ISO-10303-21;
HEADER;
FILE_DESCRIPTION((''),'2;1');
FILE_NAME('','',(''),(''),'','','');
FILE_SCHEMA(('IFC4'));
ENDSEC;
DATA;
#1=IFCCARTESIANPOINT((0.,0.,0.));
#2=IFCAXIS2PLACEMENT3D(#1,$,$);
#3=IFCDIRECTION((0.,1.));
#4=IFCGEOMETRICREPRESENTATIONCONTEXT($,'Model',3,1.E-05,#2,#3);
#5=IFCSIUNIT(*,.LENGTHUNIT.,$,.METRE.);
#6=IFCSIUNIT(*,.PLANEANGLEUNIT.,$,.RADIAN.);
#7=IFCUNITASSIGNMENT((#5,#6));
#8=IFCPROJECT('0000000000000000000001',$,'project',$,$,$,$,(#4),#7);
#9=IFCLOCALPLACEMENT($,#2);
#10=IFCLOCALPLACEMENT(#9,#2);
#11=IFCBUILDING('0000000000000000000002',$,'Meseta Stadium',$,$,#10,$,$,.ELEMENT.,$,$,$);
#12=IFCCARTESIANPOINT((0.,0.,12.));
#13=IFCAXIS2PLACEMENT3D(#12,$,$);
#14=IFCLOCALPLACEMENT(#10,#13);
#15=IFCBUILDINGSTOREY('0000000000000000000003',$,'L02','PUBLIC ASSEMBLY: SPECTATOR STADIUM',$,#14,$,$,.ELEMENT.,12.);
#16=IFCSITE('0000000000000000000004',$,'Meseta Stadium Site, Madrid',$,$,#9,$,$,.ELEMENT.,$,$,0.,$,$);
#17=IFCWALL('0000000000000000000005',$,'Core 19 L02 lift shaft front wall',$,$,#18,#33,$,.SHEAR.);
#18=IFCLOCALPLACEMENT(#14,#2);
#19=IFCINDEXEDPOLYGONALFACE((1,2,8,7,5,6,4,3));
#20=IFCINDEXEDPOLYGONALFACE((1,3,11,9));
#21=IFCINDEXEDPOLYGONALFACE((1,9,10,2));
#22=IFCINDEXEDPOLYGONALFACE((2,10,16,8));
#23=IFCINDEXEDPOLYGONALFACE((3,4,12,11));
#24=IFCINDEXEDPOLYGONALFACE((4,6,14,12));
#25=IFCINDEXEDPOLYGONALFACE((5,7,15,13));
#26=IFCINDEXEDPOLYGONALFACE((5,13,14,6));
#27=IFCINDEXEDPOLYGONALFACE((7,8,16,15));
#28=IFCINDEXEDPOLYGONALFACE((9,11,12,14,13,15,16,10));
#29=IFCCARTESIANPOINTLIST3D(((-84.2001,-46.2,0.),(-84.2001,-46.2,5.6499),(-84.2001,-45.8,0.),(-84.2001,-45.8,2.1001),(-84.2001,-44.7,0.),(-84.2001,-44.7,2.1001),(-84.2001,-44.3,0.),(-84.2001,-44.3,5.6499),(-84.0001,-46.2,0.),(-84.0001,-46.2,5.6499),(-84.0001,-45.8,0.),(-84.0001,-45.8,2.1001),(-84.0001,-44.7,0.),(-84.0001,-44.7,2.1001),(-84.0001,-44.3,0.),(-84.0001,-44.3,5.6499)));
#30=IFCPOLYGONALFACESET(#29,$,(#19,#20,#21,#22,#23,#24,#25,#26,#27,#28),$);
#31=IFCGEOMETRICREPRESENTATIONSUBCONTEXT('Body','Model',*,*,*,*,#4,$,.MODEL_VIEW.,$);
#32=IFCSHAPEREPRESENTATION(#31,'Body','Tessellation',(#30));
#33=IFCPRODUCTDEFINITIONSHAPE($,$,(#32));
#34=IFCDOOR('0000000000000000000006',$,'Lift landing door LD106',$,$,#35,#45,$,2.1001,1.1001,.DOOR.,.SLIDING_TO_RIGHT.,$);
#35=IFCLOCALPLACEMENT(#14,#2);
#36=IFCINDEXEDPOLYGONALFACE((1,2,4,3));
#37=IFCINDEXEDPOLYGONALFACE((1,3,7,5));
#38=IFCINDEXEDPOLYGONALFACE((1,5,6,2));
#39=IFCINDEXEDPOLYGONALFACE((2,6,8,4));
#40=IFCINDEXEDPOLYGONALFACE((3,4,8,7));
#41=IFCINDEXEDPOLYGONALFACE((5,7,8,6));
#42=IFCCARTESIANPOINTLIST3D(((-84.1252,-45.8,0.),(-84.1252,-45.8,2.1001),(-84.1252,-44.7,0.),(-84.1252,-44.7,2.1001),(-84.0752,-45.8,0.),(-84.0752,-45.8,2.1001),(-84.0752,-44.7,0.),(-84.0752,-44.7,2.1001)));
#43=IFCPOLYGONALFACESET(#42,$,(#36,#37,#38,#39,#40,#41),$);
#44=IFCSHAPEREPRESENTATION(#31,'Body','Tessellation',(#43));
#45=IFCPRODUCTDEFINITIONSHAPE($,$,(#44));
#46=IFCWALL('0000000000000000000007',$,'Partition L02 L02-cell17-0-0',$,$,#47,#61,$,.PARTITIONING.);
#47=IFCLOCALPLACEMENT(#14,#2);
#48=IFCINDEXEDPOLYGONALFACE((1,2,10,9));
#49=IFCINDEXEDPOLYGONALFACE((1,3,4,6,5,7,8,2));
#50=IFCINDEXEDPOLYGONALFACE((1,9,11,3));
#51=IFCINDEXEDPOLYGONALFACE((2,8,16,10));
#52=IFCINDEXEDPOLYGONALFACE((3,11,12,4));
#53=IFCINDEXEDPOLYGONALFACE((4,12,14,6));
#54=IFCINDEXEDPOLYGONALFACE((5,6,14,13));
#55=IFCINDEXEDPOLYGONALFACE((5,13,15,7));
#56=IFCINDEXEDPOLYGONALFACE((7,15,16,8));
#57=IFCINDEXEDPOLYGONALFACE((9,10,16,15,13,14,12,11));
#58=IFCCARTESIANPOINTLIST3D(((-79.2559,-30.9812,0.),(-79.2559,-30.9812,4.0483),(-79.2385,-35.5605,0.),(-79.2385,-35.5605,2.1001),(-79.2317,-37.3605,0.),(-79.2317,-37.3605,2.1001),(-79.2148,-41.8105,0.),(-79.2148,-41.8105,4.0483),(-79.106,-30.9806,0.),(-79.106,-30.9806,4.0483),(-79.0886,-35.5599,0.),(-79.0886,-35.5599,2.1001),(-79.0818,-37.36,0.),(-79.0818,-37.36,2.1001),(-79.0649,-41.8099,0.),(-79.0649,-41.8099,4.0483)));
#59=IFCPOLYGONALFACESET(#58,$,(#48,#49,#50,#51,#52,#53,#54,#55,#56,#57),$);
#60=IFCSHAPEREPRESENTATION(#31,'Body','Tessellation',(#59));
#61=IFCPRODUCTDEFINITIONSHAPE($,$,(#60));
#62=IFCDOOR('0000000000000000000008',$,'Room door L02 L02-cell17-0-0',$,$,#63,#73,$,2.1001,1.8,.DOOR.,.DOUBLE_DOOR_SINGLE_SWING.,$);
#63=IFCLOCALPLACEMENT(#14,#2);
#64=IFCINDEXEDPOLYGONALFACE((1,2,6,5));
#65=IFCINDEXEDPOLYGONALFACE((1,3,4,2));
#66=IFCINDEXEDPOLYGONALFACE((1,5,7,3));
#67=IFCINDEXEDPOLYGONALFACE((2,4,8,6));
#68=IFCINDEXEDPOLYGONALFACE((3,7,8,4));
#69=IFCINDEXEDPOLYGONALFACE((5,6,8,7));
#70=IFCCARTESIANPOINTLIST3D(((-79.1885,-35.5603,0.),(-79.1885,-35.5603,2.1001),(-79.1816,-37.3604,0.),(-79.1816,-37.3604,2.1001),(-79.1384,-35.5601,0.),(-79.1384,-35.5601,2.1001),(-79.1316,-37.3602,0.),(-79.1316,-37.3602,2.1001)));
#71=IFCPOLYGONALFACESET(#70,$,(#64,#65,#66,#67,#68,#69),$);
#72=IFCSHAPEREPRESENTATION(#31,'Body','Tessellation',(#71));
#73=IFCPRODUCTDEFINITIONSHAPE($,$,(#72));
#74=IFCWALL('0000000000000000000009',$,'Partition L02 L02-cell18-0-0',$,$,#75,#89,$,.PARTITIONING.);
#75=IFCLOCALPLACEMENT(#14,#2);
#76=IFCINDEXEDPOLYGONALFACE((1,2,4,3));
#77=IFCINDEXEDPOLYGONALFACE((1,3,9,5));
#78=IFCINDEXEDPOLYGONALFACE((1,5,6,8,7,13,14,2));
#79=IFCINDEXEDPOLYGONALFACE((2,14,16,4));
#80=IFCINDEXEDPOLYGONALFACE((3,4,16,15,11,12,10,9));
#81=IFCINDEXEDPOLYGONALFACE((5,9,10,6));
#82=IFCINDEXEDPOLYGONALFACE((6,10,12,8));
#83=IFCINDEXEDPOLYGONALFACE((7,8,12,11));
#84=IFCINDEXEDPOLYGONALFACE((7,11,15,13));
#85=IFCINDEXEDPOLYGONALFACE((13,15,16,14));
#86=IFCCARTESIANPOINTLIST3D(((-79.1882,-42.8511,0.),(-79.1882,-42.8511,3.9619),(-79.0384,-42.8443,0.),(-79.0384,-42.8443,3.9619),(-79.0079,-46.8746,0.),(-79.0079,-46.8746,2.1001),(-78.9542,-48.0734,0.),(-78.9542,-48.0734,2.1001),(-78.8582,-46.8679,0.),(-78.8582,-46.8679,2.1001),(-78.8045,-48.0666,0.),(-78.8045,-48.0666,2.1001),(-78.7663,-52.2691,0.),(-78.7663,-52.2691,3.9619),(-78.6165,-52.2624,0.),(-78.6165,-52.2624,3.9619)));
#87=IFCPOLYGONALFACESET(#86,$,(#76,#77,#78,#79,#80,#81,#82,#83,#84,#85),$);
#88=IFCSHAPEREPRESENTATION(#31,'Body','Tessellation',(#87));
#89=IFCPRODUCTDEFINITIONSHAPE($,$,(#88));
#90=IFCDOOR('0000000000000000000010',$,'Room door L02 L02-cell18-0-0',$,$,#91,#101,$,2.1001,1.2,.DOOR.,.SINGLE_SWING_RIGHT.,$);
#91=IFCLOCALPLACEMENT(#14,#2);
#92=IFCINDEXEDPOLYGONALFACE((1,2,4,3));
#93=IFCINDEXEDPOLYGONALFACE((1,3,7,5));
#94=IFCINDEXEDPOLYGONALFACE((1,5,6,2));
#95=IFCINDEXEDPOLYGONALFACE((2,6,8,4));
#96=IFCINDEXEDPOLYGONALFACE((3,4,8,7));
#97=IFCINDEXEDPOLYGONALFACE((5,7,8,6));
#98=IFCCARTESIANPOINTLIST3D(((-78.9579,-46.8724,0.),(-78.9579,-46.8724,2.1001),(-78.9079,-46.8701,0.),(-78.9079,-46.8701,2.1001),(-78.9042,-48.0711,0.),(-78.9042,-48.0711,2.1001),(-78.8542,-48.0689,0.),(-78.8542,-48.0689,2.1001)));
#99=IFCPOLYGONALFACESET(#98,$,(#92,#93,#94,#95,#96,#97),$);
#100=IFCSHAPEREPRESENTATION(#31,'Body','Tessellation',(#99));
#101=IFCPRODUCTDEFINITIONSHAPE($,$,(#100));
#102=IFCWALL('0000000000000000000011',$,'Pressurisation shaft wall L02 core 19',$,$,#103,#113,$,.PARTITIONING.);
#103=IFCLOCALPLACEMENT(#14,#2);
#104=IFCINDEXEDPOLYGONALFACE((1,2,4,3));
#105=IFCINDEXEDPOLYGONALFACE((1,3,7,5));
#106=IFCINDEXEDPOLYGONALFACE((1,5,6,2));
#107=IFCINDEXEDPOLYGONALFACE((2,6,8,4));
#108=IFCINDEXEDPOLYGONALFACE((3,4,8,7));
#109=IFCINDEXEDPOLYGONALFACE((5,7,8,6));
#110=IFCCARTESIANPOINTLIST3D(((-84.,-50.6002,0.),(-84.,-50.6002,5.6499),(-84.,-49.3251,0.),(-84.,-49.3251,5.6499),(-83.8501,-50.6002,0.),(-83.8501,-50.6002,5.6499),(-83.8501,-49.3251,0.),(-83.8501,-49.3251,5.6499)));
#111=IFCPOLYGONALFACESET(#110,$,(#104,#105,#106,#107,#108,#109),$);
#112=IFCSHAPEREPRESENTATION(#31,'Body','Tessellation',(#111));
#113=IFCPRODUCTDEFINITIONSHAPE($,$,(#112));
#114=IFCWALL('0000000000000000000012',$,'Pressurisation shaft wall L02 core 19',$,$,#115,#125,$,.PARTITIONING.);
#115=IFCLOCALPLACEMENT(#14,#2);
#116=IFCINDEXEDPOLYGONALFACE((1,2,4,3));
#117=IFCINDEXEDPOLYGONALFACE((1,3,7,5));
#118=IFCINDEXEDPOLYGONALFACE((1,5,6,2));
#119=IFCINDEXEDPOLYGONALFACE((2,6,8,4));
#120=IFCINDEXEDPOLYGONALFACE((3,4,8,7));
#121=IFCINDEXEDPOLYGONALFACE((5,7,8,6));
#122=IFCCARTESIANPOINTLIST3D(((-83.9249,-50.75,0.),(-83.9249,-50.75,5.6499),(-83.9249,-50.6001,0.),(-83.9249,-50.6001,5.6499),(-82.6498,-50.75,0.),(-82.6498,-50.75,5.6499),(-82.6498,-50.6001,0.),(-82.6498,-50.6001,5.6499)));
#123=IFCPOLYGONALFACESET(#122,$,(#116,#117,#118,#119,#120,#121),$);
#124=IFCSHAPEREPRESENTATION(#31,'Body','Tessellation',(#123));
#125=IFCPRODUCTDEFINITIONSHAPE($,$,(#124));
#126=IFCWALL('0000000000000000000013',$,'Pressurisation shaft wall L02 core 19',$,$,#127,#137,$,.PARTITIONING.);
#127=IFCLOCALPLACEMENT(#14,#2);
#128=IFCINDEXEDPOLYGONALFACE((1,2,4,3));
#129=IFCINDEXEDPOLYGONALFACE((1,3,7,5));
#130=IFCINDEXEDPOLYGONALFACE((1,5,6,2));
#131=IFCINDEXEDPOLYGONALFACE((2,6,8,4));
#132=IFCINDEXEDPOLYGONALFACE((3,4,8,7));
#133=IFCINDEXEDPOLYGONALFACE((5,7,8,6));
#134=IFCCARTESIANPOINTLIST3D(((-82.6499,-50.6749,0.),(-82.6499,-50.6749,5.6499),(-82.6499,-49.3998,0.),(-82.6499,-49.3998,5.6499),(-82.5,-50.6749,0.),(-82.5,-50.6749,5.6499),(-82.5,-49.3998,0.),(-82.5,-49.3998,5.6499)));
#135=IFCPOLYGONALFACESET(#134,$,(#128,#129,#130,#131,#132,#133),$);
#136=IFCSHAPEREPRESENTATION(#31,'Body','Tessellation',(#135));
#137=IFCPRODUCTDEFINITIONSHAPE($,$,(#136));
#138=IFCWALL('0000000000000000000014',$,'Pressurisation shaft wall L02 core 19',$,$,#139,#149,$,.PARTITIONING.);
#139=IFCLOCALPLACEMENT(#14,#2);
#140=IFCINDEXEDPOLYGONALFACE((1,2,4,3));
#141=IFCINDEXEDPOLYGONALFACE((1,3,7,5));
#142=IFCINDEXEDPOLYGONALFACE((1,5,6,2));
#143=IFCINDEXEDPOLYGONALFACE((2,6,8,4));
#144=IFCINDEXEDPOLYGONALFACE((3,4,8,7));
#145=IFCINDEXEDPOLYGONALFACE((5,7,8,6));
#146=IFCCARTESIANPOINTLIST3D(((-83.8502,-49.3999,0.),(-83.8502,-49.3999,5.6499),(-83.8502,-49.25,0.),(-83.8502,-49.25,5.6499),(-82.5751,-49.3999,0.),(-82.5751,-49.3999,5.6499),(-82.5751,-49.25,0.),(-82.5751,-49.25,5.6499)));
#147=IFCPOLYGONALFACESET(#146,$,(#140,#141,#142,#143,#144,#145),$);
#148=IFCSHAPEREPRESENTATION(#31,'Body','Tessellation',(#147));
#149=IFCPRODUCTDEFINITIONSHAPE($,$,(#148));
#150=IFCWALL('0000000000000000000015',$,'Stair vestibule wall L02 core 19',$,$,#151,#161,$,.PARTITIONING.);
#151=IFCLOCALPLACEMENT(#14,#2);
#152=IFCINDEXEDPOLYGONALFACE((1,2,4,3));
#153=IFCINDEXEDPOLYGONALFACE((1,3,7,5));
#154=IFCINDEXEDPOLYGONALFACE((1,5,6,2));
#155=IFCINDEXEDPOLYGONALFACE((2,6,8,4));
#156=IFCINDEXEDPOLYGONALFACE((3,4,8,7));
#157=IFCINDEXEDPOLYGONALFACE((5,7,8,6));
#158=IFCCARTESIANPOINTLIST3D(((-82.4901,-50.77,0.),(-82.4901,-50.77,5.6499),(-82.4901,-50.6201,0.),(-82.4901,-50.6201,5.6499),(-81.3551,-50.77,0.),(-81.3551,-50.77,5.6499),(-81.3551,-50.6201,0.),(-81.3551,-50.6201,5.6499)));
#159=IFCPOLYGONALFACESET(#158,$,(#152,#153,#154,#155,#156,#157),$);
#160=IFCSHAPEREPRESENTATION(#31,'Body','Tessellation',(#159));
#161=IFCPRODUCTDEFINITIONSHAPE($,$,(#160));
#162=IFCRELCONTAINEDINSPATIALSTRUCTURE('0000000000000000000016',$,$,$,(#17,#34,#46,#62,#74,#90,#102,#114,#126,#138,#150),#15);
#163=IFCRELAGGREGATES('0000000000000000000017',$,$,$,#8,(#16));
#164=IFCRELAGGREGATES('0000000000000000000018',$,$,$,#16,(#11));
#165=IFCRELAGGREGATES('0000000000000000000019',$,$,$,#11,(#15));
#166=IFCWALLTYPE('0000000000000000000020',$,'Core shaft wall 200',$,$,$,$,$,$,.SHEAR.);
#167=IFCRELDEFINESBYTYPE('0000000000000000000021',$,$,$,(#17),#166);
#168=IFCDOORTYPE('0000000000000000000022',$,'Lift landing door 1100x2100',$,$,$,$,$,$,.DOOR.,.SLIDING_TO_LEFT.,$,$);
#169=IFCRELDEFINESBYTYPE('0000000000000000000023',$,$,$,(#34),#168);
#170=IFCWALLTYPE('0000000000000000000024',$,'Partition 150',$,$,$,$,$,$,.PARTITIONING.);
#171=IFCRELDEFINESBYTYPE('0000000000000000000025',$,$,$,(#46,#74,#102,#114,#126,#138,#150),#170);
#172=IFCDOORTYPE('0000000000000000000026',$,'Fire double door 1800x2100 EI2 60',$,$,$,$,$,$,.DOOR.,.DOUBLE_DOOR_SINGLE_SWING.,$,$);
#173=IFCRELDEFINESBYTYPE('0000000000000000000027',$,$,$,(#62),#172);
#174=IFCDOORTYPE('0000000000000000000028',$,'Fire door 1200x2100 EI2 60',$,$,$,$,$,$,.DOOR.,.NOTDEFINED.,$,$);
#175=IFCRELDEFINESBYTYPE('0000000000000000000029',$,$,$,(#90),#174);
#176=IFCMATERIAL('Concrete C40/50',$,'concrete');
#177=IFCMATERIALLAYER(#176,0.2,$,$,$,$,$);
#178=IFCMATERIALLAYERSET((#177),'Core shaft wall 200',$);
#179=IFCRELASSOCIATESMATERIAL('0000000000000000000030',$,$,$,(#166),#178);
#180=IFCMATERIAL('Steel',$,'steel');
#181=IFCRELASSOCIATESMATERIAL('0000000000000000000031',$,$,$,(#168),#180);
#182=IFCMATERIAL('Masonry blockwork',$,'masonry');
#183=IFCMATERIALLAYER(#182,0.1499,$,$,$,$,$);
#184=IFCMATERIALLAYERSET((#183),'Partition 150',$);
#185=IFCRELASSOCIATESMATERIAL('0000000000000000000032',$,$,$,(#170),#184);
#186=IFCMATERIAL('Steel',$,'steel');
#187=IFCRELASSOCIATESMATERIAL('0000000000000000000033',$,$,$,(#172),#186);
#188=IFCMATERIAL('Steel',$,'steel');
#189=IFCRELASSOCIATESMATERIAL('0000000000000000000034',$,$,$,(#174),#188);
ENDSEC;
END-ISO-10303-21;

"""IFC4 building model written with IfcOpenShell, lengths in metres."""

from ifc_helpers import new_model, si_unit, direction, frame, frame_2d, origin, place, context, subcontext, project, spatial, rectangle, extrude, material, layer, layer_set, type_object, element, fill, save


model = new_model("IFC4")

# Units and contexts
model_context = context("Model", 3, precision=1e-05, world=origin(), true_north=direction((0.0, 1.0)))
body_context = subcontext(model_context, "Body", "Model", "MODEL_VIEW")
ifc_project = project(units=[si_unit("LENGTHUNIT", "METRE"), si_unit("PLANEANGLEUNIT", "RADIAN")], contexts=[model_context])

# Site, building, storey
site_placement = place(None, origin())
site = spatial("IfcSite", under=ifc_project, at=site_placement, Name="Meseta Stadium Site, Madrid", CompositionType="ELEMENT", RefElevation=0.0)
building_placement = place(site_placement, origin())
building = spatial("IfcBuilding", under=site, at=building_placement, Name="Meseta Stadium", CompositionType="ELEMENT")
storey_placement = place(building_placement, frame((0.0, 0.0, 12.0)))
storey = spatial("IfcBuildingStorey", under=building, at=storey_placement, Name="L02", Description="PUBLIC ASSEMBLY: SPECTATOR STADIUM", CompositionType="ELEMENT", Elevation=12.0)

# Walls, openings, doors
ifc_material_1 = material(Name="Concrete C40/50", Category="concrete")
ifc_layer_1 = layer(ifc_material_1, 0.2)
ifc_layer_set_1 = layer_set([ifc_layer_1], Name="Core shaft wall 200")
wall_type_1 = type_object("IfcWallType", Name="Core shaft wall 200", PredefinedType="SHEAR", material=ifc_layer_set_1)
wall_1_placement = place(storey_placement, frame((-84.1001, -44.3, 0.0), z_axis=(0.0, 0.0, 1.0), x_axis=(0.0, -1.0, 0.0)))
wall_1 = element("IfcWall", 1, at=wall_1_placement, inside=storey, type_object=wall_type_1, Name="Core 19 L02 lift shaft front wall", PredefinedType="SHEAR", context=body_context, shape_type="SweptSolid", body=[
    extrude(rectangle(XDim=1.8999, YDim=0.2, at=frame_2d((0.95, 0.0))), origin(), (0.0, 0.0, 1.0), 5.6499),
])
opening_1_placement = place(wall_1_placement, frame((0.3999, 0.0, 0.0)))
opening_1 = element("IfcOpeningElement", 2, at=opening_1_placement, cuts=wall_1, PredefinedType="OPENING", context=body_context, shape_type="SweptSolid", body=[
    extrude(rectangle(XDim=1.1001, YDim=2.1001, at=frame_2d((0.55, 1.05))), frame((0.0, 0.1099, 0.0), z_axis=(0.0, -1.0, 0.0), x_axis=(1.0, 0.0, 0.0)), (0.0, 0.0, 1.0), 0.22),
])
ifc_material_2 = material(Name="Steel", Category="steel")
door_type_1 = type_object("IfcDoorType", Name="Lift landing door 1100x2100", OperationType="SLIDING_TO_LEFT", PredefinedType="DOOR", material=ifc_material_2)
door_1_placement = place(opening_1_placement, origin())
door_1 = element("IfcDoor", 3, at=door_1_placement, inside=storey, type_object=door_type_1, Name="Lift landing door LD106", OperationType="SLIDING_TO_RIGHT", OverallHeight=2.1001, OverallWidth=1.1001, PredefinedType="DOOR", context=body_context, shape_type="SweptSolid", body=[
    extrude(rectangle(XDim=1.1001, YDim=2.1001, at=frame_2d((0.55, 1.05))), frame((0.0, 0.0249, 0.0), z_axis=(0.0, -1.0, 0.0), x_axis=(1.0, 0.0, 0.0)), (0.0, 0.0, 1.0), 0.05),
])
fill(opening_1, door_1)
ifc_material_3 = material(Name="Masonry blockwork", Category="masonry")
ifc_layer_2 = layer(ifc_material_3, 0.1499)
ifc_layer_set_2 = layer_set([ifc_layer_2], Name="Partition 150")
wall_type_2 = type_object("IfcWallType", Name="Partition 150", PredefinedType="PARTITIONING", material=ifc_layer_set_2)
wall_2_placement = place(storey_placement, frame((-79.1399, -41.8101, 0.0), z_axis=(0.0, 0.0, 1.0), x_axis=(-0.003787, 0.999993, 0.0)))
wall_2 = element("IfcWall", 4, at=wall_2_placement, inside=storey, type_object=wall_type_2, Name="Partition L02 L02-cell17-0-0", PredefinedType="PARTITIONING", context=body_context, shape_type="SweptSolid", body=[
    extrude(rectangle(XDim=10.8293, YDim=0.1499, at=frame_2d((5.4146, 0.0))), origin(), (0.0, 0.0, 1.0), 4.0483),
])
opening_2_placement = place(wall_2_placement, frame((4.45, 0.0, 0.0)))
opening_2 = element("IfcOpeningElement", 5, at=opening_2_placement, cuts=wall_2, PredefinedType="OPENING", context=body_context, shape_type="SweptSolid", body=[
    extrude(rectangle(XDim=1.8, YDim=2.1001, at=frame_2d((0.8999, 1.05))), frame((0.0, 0.085, 0.0), z_axis=(0.0, -1.0, 0.0), x_axis=(1.0, 0.0, 0.0)), (0.0, 0.0, 1.0), 0.1699),
])
ifc_material_4 = material(Name="Steel", Category="steel")
door_type_2 = type_object("IfcDoorType", Name="Fire double door 1800x2100 EI2 60", OperationType="DOUBLE_DOOR_SINGLE_SWING", PredefinedType="DOOR", material=ifc_material_4)
door_2_placement = place(opening_2_placement, origin())
door_2 = element("IfcDoor", 6, at=door_2_placement, inside=storey, type_object=door_type_2, Name="Room door L02 L02-cell17-0-0", OperationType="DOUBLE_DOOR_SINGLE_SWING", OverallHeight=2.1001, OverallWidth=1.8, PredefinedType="DOOR", context=body_context, shape_type="SweptSolid", body=[
    extrude(rectangle(XDim=1.8, YDim=2.1001, at=frame_2d((0.8999, 1.05))), frame((0.0, 0.0249, 0.0), z_axis=(0.0, -1.0, 0.0), x_axis=(1.0, 0.0, 0.0)), (0.0, 0.0, 1.0), 0.05),
])
fill(opening_2, door_2)
wall_3_placement = place(storey_placement, frame((-78.6914, -52.2659, 0.0), z_axis=(0.0, 0.0, 1.0), x_axis=(-0.04475, 0.998998, 0.0)))
wall_3 = element("IfcWall", 7, at=wall_3_placement, inside=storey, type_object=wall_type_2, Name="Partition L02 L02-cell18-0-0", PredefinedType="PARTITIONING", context=body_context, shape_type="SweptSolid", body=[
    extrude(rectangle(XDim=9.4275, YDim=0.1499, at=frame_2d((4.7139, 0.0))), origin(), (0.0, 0.0, 1.0), 3.9619),
])
opening_3_placement = place(wall_3_placement, frame((4.2, 0.0, 0.0)))
opening_3 = element("IfcOpeningElement", 8, at=opening_3_placement, cuts=wall_3, PredefinedType="OPENING", context=body_context, shape_type="SweptSolid", body=[
    extrude(rectangle(XDim=1.2, YDim=2.1001, at=frame_2d((0.6001, 1.05))), frame((0.0, 0.085, 0.0), z_axis=(0.0, -1.0, 0.0), x_axis=(1.0, 0.0, 0.0)), (0.0, 0.0, 1.0), 0.1699),
])
ifc_material_5 = material(Name="Steel", Category="steel")
door_type_3 = type_object("IfcDoorType", Name="Fire door 1200x2100 EI2 60", OperationType="NOTDEFINED", PredefinedType="DOOR", material=ifc_material_5)
door_3_placement = place(opening_3_placement, origin())
door_3 = element("IfcDoor", 9, at=door_3_placement, inside=storey, type_object=door_type_3, Name="Room door L02 L02-cell18-0-0", OperationType="SINGLE_SWING_RIGHT", OverallHeight=2.1001, OverallWidth=1.2, PredefinedType="DOOR", context=body_context, shape_type="SweptSolid", body=[
    extrude(rectangle(XDim=1.2, YDim=2.1001, at=frame_2d((0.6001, 1.05))), frame((0.0, 0.0249, 0.0), z_axis=(0.0, -1.0, 0.0), x_axis=(1.0, 0.0, 0.0)), (0.0, 0.0, 1.0), 0.05),
])
fill(opening_3, door_3)

# Walls
for number, where, z_axis, x_axis, name in (
    (10, (-83.925, -49.325, 0.0), (0.0, 0.0, 1.0), (0.0, -1.0, 0.0), "Pressurisation shaft wall L02 core 19"),
    (11, (-83.925, -50.675, 0.0), (0.0, 0.0, 1.0), (1.0, 0.0, 0.0), "Pressurisation shaft wall L02 core 19"),
    (12, (-82.575, -50.675, 0.0), (0.0, 0.0, 1.0), (0.0, 1.0, 0.0), "Pressurisation shaft wall L02 core 19"),
    (13, (-82.575, -49.325, 0.0), (0.0, 0.0, 1.0), (-1.0, 0.0, 0.0), "Pressurisation shaft wall L02 core 19"),
):
    element("IfcWall", number, at=place(storey_placement, frame(where, z_axis=z_axis, x_axis=x_axis)), inside=storey, type_object=wall_type_2, Name=name, PredefinedType="PARTITIONING", context=body_context, shape_type="SweptSolid", body=[
        extrude(rectangle(XDim=1.2751, YDim=0.1499, at=frame_2d((0.6377, 0.0))), origin(), (0.0, 0.0, 1.0), 5.6499),
    ])
wall_4_placement = place(storey_placement, frame((-82.49, -50.6951, 0.0), z_axis=(0.0, 0.0, 1.0), x_axis=(1.0, 0.0, 0.0)))
element("IfcWall", 14, at=wall_4_placement, inside=storey, type_object=wall_type_2, Name="Stair vestibule wall L02 core 19", PredefinedType="PARTITIONING", context=body_context, shape_type="SweptSolid", body=[
    extrude(rectangle(XDim=1.135, YDim=0.1499, at=frame_2d((0.5674, 0.0))), origin(), (0.0, 0.0, 1.0), 5.6499),
])

save(model, "model.ifc")
